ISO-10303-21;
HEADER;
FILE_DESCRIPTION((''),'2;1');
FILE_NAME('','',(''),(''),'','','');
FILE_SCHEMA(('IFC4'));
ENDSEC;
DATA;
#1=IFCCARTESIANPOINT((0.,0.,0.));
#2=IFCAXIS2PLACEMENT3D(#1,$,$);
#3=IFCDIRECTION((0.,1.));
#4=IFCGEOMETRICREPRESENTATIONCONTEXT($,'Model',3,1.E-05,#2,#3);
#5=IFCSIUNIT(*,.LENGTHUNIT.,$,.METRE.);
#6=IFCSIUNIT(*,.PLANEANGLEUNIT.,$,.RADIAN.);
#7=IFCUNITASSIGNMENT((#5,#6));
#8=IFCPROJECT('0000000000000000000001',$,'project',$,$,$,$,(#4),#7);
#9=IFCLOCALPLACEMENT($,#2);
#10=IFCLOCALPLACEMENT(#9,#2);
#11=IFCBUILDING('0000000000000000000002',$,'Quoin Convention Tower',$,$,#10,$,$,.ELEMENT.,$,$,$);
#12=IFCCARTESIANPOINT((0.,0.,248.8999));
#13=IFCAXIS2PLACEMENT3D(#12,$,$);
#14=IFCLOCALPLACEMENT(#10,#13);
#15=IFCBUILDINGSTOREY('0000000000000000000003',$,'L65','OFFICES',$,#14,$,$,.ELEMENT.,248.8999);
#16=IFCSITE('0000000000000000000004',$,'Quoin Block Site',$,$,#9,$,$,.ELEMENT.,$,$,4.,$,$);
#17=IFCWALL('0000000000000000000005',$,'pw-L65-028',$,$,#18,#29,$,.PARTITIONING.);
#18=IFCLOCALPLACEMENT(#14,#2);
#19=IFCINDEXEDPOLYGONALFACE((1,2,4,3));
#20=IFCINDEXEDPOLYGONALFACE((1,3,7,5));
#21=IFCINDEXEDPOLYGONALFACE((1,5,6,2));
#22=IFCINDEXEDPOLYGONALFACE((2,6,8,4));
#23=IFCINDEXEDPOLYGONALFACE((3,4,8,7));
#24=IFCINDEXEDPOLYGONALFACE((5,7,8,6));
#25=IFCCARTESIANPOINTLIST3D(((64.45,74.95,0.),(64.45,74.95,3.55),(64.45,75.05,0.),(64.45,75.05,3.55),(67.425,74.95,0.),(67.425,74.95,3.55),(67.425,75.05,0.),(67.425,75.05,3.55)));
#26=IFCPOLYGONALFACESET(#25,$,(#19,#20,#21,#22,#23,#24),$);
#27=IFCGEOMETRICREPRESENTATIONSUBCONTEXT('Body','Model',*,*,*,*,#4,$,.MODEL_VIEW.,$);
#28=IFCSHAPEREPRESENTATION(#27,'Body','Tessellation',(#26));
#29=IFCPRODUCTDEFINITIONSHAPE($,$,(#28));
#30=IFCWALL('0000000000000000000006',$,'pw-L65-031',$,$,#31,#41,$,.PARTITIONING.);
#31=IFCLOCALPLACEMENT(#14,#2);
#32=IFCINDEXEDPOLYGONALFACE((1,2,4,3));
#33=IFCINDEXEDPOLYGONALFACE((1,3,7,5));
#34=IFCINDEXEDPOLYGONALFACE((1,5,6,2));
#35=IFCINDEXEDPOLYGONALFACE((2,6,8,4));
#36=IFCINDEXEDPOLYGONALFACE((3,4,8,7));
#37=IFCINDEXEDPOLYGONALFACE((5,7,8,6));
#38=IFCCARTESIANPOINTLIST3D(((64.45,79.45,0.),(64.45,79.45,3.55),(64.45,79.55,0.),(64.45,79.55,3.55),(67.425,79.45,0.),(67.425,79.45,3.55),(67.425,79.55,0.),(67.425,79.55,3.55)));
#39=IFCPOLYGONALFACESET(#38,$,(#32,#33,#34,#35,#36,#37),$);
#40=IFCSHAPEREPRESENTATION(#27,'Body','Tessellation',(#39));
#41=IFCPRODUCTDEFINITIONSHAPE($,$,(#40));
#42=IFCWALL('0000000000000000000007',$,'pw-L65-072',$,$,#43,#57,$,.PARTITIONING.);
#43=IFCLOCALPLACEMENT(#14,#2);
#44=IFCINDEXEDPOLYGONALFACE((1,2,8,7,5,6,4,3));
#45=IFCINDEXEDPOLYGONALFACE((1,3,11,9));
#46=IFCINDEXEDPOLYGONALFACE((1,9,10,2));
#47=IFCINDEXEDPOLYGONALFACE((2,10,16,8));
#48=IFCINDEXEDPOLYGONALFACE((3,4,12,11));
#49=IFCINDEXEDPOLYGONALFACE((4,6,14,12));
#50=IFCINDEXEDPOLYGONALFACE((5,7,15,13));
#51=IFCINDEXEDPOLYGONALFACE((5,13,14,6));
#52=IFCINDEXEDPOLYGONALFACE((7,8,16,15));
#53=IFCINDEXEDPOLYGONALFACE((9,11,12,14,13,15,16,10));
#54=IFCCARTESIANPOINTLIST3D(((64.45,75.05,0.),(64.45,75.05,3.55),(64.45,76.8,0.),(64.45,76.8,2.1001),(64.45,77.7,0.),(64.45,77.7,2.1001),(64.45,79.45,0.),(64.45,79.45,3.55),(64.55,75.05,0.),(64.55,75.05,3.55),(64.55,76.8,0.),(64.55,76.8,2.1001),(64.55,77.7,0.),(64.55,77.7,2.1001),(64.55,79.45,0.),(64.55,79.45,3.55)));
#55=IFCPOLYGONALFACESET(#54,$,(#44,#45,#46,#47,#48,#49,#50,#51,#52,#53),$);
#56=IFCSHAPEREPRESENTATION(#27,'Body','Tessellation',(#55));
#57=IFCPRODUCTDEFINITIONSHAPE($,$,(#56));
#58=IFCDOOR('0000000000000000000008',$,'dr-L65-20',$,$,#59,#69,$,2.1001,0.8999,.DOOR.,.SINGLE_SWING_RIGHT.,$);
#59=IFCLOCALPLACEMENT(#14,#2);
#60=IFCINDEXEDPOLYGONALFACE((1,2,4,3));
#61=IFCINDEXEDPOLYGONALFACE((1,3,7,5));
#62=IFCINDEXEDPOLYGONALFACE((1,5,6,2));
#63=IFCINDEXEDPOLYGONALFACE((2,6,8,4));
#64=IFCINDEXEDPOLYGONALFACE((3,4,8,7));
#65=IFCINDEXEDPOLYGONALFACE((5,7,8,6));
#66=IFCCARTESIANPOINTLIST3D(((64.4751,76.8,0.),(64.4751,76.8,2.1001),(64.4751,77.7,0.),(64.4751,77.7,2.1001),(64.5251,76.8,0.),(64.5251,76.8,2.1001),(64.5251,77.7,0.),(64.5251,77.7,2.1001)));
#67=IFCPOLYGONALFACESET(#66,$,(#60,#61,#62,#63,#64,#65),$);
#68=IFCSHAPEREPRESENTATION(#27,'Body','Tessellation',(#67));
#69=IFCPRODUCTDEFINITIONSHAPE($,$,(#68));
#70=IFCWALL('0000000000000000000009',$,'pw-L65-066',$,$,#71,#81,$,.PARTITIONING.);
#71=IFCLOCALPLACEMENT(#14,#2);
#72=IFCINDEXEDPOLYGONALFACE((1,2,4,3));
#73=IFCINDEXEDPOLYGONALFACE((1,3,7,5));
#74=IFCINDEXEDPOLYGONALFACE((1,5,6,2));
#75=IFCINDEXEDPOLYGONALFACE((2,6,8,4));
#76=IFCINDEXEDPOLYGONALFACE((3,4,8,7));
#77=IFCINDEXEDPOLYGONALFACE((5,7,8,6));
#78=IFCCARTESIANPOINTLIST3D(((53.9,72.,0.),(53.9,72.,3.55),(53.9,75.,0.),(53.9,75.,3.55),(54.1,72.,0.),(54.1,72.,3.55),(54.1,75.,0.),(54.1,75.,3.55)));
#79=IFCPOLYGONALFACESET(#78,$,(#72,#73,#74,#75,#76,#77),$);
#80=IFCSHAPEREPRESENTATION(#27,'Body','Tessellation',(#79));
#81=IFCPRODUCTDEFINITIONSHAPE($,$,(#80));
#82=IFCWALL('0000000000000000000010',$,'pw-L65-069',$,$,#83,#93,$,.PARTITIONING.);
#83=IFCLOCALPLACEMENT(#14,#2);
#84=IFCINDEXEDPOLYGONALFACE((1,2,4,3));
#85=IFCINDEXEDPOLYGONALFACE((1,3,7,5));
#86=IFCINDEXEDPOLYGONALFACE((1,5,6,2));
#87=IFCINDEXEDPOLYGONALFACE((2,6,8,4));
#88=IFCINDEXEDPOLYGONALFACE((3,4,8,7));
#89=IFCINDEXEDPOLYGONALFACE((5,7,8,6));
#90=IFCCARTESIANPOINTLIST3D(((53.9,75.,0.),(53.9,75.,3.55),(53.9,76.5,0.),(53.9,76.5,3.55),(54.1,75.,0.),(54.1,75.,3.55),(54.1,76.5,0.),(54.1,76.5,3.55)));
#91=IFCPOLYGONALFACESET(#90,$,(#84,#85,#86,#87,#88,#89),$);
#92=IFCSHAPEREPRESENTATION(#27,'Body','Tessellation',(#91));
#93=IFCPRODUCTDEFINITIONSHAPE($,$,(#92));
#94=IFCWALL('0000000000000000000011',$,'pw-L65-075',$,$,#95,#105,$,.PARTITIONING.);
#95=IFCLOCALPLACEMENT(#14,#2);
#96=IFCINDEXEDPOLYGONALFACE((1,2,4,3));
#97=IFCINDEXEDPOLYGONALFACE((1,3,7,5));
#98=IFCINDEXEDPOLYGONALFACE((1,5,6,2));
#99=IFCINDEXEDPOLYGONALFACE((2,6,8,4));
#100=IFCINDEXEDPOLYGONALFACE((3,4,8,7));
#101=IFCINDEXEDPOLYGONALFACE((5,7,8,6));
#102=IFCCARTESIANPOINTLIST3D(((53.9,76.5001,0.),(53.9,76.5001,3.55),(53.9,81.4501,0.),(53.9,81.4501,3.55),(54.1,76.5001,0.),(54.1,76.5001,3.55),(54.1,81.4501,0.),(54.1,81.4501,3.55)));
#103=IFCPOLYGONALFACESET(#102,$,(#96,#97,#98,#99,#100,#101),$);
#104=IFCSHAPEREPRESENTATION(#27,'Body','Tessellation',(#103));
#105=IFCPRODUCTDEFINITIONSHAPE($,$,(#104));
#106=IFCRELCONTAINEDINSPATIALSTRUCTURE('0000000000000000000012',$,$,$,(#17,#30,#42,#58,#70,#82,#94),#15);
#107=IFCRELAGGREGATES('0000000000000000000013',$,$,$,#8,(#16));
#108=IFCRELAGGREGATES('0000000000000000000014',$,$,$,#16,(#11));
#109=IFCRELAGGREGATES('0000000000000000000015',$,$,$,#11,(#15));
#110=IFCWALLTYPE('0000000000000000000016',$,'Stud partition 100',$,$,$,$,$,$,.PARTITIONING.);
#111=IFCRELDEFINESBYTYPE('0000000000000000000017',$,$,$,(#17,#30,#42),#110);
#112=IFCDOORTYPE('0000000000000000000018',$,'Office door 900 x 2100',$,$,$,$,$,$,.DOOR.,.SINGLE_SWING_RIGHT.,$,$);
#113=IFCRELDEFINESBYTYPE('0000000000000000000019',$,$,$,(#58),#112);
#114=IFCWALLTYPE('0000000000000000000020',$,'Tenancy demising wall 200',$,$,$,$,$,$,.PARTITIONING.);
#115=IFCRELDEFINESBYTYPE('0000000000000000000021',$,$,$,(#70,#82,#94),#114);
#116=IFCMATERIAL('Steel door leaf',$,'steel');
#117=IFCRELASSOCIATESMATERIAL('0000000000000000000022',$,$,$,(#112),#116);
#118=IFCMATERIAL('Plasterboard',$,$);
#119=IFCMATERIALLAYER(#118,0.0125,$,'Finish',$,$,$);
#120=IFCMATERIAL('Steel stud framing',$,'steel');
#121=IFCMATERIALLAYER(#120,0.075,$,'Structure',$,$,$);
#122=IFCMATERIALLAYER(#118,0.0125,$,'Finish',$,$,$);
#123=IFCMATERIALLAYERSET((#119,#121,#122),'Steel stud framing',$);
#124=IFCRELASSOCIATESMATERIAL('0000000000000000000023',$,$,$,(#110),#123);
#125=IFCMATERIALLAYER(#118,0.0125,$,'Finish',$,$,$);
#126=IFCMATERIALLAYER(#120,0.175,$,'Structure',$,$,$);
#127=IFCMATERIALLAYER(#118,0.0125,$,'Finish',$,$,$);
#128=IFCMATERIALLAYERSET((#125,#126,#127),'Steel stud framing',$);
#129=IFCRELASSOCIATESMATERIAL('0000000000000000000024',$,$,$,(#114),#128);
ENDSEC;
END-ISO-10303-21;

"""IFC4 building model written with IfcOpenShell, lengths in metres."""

from ifc_helpers import new_model, si_unit, direction, frame, frame_2d, origin, place, context, subcontext, project, spatial, rectangle, extrude, material, layer, layer_set, type_object, element, fill, save


model = new_model("IFC4")

# Units and contexts
model_context = context("Model", 3, precision=1e-05, world=origin(), true_north=direction((0.0, 1.0)))
body_context = subcontext(model_context, "Body", "Model", "MODEL_VIEW")
ifc_project = project(units=[si_unit("LENGTHUNIT", "METRE"), si_unit("PLANEANGLEUNIT", "RADIAN")], contexts=[model_context])

# Site, building, storey
site_placement = place(None, origin())
site = spatial("IfcSite", under=ifc_project, at=site_placement, Name="Quoin Block Site", CompositionType="ELEMENT", RefElevation=4.0)
building_placement = place(site_placement, origin())
building = spatial("IfcBuilding", under=site, at=building_placement, Name="Quoin Convention Tower", CompositionType="ELEMENT")
storey_placement = place(building_placement, frame((0.0, 0.0, 248.8999)))
storey = spatial("IfcBuildingStorey", under=building, at=storey_placement, Name="L65", Description="OFFICES", CompositionType="ELEMENT", Elevation=248.8999)

# Shared definitions
ifc_material_1 = material(Name="Plasterboard")
ifc_material_2 = material(Name="Steel stud framing", Category="steel")
ifc_material_3 = material(Name="Steel door leaf", Category="steel")
door_type = type_object("IfcDoorType", Name="Office door 900 x 2100", OperationType="SINGLE_SWING_RIGHT", PredefinedType="DOOR", material=ifc_material_3)

# Shared definitions
ifc_layer_1 = layer(ifc_material_1, 0.0125, Name="Finish")
ifc_layer_2 = layer(ifc_material_2, 0.075, Name="Structure")
ifc_layer_3 = layer(ifc_material_1, 0.0125, Name="Finish")
ifc_layer_set_1 = layer_set([ifc_layer_1, ifc_layer_2, ifc_layer_3], Name="Steel stud framing")
wall_type_1 = type_object("IfcWallType", Name="Stud partition 100", PredefinedType="PARTITIONING", material=ifc_layer_set_1)

# Walls
for number, where, z_axis, x_axis, name in (
    (1, (64.45, 75.0, 0.0), (0.0, 0.0, 1.0), (1.0, 0.0, 0.0), "pw-L65-028"),
    (2, (64.45, 79.5, 0.0), (0.0, 0.0, 1.0), (1.0, 0.0, 0.0), "pw-L65-031"),
):
    element("IfcWall", number, at=place(storey_placement, frame(where, z_axis=z_axis, x_axis=x_axis)), inside=storey, type_object=wall_type_1, Name=name, PredefinedType="PARTITIONING", context=body_context, shape_type="SweptSolid", body=[
        extrude(rectangle(XDim=2.9751, YDim=0.1001, at=frame_2d((1.4875, 0.0))), origin(), (0.0, 0.0, 1.0), 3.55),
    ])

# Wall, opening, door
wall_1_placement = place(storey_placement, frame((64.5, 75.05, 0.0), z_axis=(0.0, 0.0, 1.0), x_axis=(0.0, 1.0, 0.0)))
wall_1 = element("IfcWall", 3, at=wall_1_placement, inside=storey, type_object=wall_type_1, Name="pw-L65-072", PredefinedType="PARTITIONING", context=body_context, shape_type="SweptSolid", body=[
    extrude(rectangle(XDim=4.3999, YDim=0.1001, at=frame_2d((2.2, 0.0))), origin(), (0.0, 0.0, 1.0), 3.55),
])
opening_1_placement = place(wall_1_placement, frame((1.75, 0.0, 0.0)))
opening_1 = element("IfcOpeningElement", 4, at=opening_1_placement, cuts=wall_1, PredefinedType="OPENING", context=body_context, shape_type="SweptSolid", body=[
    extrude(rectangle(XDim=0.8999, YDim=2.1001, at=frame_2d((0.45, 1.05))), frame((0.0, 0.0601, 0.0), z_axis=(0.0, -1.0, 0.0), x_axis=(1.0, 0.0, 0.0)), (0.0, 0.0, 1.0), 0.1201),
])
door_1_placement = place(opening_1_placement, origin())
door_1 = element("IfcDoor", 5, at=door_1_placement, inside=storey, type_object=door_type, Name="dr-L65-20", OperationType="SINGLE_SWING_RIGHT", OverallHeight=2.1001, OverallWidth=0.8999, PredefinedType="DOOR", context=body_context, shape_type="SweptSolid", body=[
    extrude(rectangle(XDim=0.8999, YDim=2.1001, at=frame_2d((0.45, 1.05))), frame((0.0, 0.0249, 0.0), z_axis=(0.0, -1.0, 0.0), x_axis=(1.0, 0.0, 0.0)), (0.0, 0.0, 1.0), 0.05),
])
fill(opening_1, door_1)

# Walls
ifc_layer_4 = layer(ifc_material_1, 0.0125, Name="Finish")
ifc_layer_5 = layer(ifc_material_2, 0.175, Name="Structure")
ifc_layer_6 = layer(ifc_material_1, 0.0125, Name="Finish")
ifc_layer_set_2 = layer_set([ifc_layer_4, ifc_layer_5, ifc_layer_6], Name="Steel stud framing")
wall_type_2 = type_object("IfcWallType", Name="Tenancy demising wall 200", PredefinedType="PARTITIONING", material=ifc_layer_set_2)
wall_2_placement = place(storey_placement, frame((54.0, 72.0, 0.0), z_axis=(0.0, 0.0, 1.0), x_axis=(0.0, 1.0, 0.0)))
element("IfcWall", 6, at=wall_2_placement, inside=storey, type_object=wall_type_2, Name="pw-L65-066", PredefinedType="PARTITIONING", context=body_context, shape_type="SweptSolid", body=[
    extrude(rectangle(XDim=3.0, YDim=0.2, at=frame_2d((1.5, 0.0))), origin(), (0.0, 0.0, 1.0), 3.55),
])
wall_3_placement = place(storey_placement, frame((54.0, 75.0, 0.0), z_axis=(0.0, 0.0, 1.0), x_axis=(0.0, 1.0, 0.0)))
element("IfcWall", 7, at=wall_3_placement, inside=storey, type_object=wall_type_2, Name="pw-L65-069", PredefinedType="PARTITIONING", context=body_context, shape_type="SweptSolid", body=[
    extrude(rectangle(XDim=1.5, YDim=0.2, at=frame_2d((0.75, 0.0))), origin(), (0.0, 0.0, 1.0), 3.55),
])
wall_4_placement = place(storey_placement, frame((54.0, 76.5, 0.0), z_axis=(0.0, 0.0, 1.0), x_axis=(0.0, 1.0, 0.0)))
element("IfcWall", 8, at=wall_4_placement, inside=storey, type_object=wall_type_2, Name="pw-L65-075", PredefinedType="PARTITIONING", context=body_context, shape_type="SweptSolid", body=[
    extrude(rectangle(XDim=4.95, YDim=0.2, at=frame_2d((2.4751, 0.0))), origin(), (0.0, 0.0, 1.0), 3.55),
])

save(model, "model.ifc")
